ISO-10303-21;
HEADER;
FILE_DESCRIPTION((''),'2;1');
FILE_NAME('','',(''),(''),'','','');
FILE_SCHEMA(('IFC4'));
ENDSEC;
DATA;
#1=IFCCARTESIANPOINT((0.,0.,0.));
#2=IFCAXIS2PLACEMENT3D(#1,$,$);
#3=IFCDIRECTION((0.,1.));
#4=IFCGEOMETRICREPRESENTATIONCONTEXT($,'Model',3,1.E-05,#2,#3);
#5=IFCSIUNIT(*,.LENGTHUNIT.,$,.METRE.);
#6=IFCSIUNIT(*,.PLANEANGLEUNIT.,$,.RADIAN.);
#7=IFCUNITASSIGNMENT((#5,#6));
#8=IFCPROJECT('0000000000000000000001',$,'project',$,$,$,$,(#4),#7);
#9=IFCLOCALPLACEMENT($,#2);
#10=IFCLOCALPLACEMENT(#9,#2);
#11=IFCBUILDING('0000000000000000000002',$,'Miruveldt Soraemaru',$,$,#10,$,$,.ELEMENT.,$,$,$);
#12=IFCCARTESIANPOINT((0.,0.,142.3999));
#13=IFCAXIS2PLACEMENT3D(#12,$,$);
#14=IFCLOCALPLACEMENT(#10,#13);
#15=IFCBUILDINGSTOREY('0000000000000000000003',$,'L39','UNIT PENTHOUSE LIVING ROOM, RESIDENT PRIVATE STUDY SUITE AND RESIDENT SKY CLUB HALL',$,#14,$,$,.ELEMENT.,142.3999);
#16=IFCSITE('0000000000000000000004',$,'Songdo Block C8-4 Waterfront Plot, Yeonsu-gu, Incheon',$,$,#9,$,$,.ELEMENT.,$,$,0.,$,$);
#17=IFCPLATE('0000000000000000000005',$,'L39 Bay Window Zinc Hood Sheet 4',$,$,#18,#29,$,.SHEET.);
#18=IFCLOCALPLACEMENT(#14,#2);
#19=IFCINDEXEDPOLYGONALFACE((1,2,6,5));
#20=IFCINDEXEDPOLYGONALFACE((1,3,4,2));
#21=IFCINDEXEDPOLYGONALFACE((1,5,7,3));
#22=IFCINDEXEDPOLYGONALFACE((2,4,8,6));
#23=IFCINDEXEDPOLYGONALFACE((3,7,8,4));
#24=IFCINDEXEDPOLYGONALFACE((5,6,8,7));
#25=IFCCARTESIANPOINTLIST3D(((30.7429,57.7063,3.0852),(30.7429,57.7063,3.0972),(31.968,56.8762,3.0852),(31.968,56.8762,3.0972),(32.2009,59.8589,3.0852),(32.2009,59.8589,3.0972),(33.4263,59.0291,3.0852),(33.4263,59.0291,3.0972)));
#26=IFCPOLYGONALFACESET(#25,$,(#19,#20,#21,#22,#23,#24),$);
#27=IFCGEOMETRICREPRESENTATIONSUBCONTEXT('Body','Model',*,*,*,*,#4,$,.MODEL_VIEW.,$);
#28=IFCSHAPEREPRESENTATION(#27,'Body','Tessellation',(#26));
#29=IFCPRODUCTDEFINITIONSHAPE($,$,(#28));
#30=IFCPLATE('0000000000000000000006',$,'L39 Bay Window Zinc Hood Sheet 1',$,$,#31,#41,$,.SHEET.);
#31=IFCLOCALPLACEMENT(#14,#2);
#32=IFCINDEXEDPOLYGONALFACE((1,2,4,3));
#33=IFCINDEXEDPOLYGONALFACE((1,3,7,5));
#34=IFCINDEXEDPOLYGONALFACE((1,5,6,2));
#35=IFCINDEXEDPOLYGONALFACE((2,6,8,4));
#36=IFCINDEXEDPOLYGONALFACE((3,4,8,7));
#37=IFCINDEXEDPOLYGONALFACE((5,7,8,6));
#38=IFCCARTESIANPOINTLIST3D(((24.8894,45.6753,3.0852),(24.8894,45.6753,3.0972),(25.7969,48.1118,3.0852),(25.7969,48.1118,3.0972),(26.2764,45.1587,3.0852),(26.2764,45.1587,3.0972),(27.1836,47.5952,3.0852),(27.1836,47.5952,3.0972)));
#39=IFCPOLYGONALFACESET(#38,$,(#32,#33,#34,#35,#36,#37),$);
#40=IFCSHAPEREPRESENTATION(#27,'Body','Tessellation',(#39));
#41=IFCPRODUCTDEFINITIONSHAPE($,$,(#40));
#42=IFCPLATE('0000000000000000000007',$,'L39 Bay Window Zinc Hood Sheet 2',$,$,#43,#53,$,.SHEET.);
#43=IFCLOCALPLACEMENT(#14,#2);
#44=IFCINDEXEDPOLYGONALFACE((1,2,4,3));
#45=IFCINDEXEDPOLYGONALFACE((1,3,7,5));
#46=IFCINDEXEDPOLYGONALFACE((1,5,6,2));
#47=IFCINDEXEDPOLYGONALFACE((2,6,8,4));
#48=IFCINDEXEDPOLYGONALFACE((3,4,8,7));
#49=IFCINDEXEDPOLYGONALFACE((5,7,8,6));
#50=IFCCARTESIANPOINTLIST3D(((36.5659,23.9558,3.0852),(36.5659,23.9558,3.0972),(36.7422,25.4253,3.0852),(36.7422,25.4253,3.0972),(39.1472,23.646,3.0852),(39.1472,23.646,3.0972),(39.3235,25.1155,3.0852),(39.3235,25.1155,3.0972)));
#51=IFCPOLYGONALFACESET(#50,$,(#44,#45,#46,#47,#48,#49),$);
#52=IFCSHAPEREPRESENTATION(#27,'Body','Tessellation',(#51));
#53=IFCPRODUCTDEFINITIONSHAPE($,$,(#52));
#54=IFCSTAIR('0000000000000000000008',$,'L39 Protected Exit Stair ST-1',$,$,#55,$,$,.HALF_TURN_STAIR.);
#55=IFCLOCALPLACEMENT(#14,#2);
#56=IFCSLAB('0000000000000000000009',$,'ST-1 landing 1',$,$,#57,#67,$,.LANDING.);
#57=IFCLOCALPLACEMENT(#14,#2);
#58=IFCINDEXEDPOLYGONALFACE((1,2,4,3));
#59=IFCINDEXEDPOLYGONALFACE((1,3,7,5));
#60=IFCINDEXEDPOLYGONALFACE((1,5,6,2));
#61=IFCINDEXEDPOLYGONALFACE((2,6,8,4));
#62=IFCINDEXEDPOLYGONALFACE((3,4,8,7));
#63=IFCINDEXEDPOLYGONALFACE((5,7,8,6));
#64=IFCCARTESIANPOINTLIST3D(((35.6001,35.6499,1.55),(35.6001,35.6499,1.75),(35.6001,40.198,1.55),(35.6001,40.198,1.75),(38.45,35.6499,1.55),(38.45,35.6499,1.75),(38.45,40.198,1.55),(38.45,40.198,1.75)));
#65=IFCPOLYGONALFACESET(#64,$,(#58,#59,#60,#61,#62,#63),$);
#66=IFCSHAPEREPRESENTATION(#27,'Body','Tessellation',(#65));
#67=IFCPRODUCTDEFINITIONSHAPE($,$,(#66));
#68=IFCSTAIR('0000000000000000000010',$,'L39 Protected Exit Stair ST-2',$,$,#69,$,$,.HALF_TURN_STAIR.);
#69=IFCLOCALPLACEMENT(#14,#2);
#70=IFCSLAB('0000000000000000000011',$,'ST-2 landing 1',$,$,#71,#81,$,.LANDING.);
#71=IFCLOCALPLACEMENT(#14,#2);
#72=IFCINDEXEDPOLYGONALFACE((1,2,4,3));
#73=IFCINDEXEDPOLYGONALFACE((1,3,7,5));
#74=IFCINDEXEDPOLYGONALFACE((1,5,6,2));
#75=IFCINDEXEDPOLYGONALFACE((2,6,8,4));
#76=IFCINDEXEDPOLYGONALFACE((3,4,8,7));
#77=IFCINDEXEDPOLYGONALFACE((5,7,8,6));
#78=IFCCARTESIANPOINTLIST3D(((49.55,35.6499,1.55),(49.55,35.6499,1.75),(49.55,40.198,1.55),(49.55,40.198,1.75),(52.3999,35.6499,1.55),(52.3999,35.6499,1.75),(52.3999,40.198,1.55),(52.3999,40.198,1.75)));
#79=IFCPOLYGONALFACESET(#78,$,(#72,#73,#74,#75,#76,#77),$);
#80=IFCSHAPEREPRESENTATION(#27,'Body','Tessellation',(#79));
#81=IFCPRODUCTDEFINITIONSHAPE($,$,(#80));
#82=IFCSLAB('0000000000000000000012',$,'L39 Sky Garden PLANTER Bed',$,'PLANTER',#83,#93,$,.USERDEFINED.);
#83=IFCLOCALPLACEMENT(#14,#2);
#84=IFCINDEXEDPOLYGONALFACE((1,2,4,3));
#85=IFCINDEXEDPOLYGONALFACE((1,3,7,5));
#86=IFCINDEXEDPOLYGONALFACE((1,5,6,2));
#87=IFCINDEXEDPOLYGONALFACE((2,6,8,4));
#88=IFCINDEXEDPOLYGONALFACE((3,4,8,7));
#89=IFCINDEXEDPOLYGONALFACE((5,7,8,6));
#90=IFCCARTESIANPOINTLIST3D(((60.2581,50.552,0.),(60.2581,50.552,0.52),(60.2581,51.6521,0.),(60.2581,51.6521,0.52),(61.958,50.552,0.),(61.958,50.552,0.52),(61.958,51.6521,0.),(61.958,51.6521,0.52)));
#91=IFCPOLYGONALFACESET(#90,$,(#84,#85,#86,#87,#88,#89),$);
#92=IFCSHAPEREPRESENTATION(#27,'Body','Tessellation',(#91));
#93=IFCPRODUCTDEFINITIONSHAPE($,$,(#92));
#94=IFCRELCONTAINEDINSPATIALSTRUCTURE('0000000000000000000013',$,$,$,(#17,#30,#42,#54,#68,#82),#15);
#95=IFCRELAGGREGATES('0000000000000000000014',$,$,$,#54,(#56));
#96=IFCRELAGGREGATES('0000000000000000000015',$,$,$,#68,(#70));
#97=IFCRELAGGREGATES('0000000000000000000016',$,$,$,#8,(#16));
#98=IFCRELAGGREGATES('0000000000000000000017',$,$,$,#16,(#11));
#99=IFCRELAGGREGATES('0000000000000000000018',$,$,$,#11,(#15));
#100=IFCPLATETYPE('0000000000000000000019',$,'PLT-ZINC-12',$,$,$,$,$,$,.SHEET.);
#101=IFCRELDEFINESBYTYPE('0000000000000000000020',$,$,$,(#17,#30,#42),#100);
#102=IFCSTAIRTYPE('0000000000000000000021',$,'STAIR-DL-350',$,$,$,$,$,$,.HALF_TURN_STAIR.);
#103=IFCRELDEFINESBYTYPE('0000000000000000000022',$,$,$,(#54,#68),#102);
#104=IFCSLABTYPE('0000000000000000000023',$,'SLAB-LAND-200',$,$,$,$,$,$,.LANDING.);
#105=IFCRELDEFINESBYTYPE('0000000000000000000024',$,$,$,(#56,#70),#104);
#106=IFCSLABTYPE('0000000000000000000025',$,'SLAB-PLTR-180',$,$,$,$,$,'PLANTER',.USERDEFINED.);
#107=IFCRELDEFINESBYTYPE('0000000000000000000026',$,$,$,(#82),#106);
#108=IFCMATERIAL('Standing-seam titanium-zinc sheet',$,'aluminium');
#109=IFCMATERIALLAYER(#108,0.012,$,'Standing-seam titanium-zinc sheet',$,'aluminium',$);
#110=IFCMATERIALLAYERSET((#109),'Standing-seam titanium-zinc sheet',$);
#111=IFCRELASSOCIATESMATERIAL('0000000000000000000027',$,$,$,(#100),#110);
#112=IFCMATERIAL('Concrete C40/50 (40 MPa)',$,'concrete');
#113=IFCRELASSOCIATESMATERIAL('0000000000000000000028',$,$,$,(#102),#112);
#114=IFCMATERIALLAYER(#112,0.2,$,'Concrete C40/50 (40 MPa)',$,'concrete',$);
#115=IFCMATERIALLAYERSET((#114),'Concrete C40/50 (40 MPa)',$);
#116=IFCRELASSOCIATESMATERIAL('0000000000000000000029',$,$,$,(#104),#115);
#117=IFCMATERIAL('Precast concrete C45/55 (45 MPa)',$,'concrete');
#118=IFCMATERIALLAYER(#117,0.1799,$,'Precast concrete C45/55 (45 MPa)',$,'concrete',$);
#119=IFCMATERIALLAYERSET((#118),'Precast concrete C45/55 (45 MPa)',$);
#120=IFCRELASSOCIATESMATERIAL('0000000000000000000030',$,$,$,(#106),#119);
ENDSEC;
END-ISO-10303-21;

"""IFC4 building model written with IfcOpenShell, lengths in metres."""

from ifc_helpers import new_model, si_unit, direction, frame, origin, place, context, subcontext, project, spatial, polyline, outline, extrude, material, layer, layer_set, type_object, element, aggregate, save


model = new_model("IFC4")

# Units and contexts
model_context = context("Model", 3, precision=1e-05, world=origin(), true_north=direction((0.0, 1.0)))
body_context = subcontext(model_context, "Body", "Model", "MODEL_VIEW")
ifc_project = project(units=[si_unit("LENGTHUNIT", "METRE"), si_unit("PLANEANGLEUNIT", "RADIAN")], contexts=[model_context])

# Site, building, storey
site_placement = place(None, origin())
site = spatial("IfcSite", under=ifc_project, at=site_placement, Name="Songdo Block C8-4 Waterfront Plot, Yeonsu-gu, Incheon", CompositionType="ELEMENT", RefElevation=0.0)
building_placement = place(site_placement, origin())
building = spatial("IfcBuilding", under=site, at=building_placement, Name="Miruveldt Soraemaru", CompositionType="ELEMENT")
storey_placement = place(building_placement, frame((0.0, 0.0, 142.3999)))
storey = spatial("IfcBuildingStorey", under=building, at=storey_placement, Name="L39", Description="UNIT PENTHOUSE LIVING ROOM, RESIDENT PRIVATE STUDY SUITE AND RESIDENT SKY CLUB HALL", CompositionType="ELEMENT", Elevation=142.3999)

# Plates
ifc_material_1 = material(Name="Standing-seam titanium-zinc sheet", Category="aluminium")
ifc_layer_1 = layer(ifc_material_1, 0.012, Name="Standing-seam titanium-zinc sheet", Category="aluminium")
ifc_layer_set_1 = layer_set([ifc_layer_1], Name="Standing-seam titanium-zinc sheet")
plate_type = type_object("IfcPlateType", Name="PLT-ZINC-12", PredefinedType="SHEET", material=ifc_layer_set_1)
plate_1_placement = place(storey_placement, frame((0.0, 0.0, 3.0852)))
element("IfcPlate", 1, at=plate_1_placement, inside=storey, type_object=plate_type, Name="L39 Bay Window Zinc Hood Sheet 4", PredefinedType="SHEET", context=body_context, shape_type="SweptSolid", body=[
    extrude(outline(polyline([(33.4263, 59.0291), (31.968, 56.8762), (30.7429, 57.7063), (32.2009, 59.8589), (33.4263, 59.0291)])), origin(), (0.0, 0.0, 1.0), 0.012),
])
plate_2_placement = place(storey_placement, frame((0.0, 0.0, 3.0852)))
element("IfcPlate", 2, at=plate_2_placement, inside=storey, type_object=plate_type, Name="L39 Bay Window Zinc Hood Sheet 1", PredefinedType="SHEET", context=body_context, shape_type="SweptSolid", body=[
    extrude(outline(polyline([(27.1836, 47.5952), (26.2764, 45.1587), (24.8894, 45.6753), (25.7969, 48.1118), (27.1836, 47.5952)])), origin(), (0.0, 0.0, 1.0), 0.012),
])
plate_3_placement = place(storey_placement, frame((0.0, 0.0, 3.0852)))
element("IfcPlate", 3, at=plate_3_placement, inside=storey, type_object=plate_type, Name="L39 Bay Window Zinc Hood Sheet 2", PredefinedType="SHEET", context=body_context, shape_type="SweptSolid", body=[
    extrude(outline(polyline([(36.7422, 25.4253), (39.3235, 25.1155), (39.1472, 23.646), (36.5659, 23.9558), (36.7422, 25.4253)])), origin(), (0.0, 0.0, 1.0), 0.012),
])

# Stairs, slabs
ifc_material_2 = material(Name="Concrete C40/50 (40 MPa)", Category="concrete")
stair_type = type_object("IfcStairType", Name="STAIR-DL-350", PredefinedType="HALF_TURN_STAIR", material=ifc_material_2)
stair_1_placement = place(storey_placement, origin())
stair_1 = element("IfcStair", 4, at=stair_1_placement, inside=storey, type_object=stair_type, Name="L39 Protected Exit Stair ST-1", PredefinedType="HALF_TURN_STAIR")
ifc_layer_2 = layer(ifc_material_2, 0.2, Name="Concrete C40/50 (40 MPa)", Category="concrete")
ifc_layer_set_2 = layer_set([ifc_layer_2], Name="Concrete C40/50 (40 MPa)")
slab_type_1 = type_object("IfcSlabType", Name="SLAB-LAND-200", PredefinedType="LANDING", material=ifc_layer_set_2)
slab_1_placement = place(storey_placement, frame((0.0, 0.0, 1.55)))
slab_1 = element("IfcSlab", 5, at=slab_1_placement, type_object=slab_type_1, Name="ST-1 landing 1", PredefinedType="LANDING", context=body_context, shape_type="SweptSolid", body=[
    extrude(outline(polyline([(35.6001, 40.198), (35.6001, 35.6499), (38.45, 35.6499), (38.45, 40.198), (35.6001, 40.198)])), origin(), (0.0, 0.0, 1.0), 0.2),
])
aggregate(stair_1, [slab_1])
stair_2_placement = place(storey_placement, origin())
stair_2 = element("IfcStair", 6, at=stair_2_placement, inside=storey, type_object=stair_type, Name="L39 Protected Exit Stair ST-2", PredefinedType="HALF_TURN_STAIR")
slab_2_placement = place(storey_placement, frame((0.0, 0.0, 1.55)))
slab_2 = element("IfcSlab", 7, at=slab_2_placement, type_object=slab_type_1, Name="ST-2 landing 1", PredefinedType="LANDING", context=body_context, shape_type="SweptSolid", body=[
    extrude(outline(polyline([(49.55, 40.198), (49.55, 35.6499), (52.3999, 35.6499), (52.3999, 40.198), (49.55, 40.198)])), origin(), (0.0, 0.0, 1.0), 0.2),
])
aggregate(stair_2, [slab_2])

# Slab
ifc_material_3 = material(Name="Precast concrete C45/55 (45 MPa)", Category="concrete")
ifc_layer_3 = layer(ifc_material_3, 0.1799, Name="Precast concrete C45/55 (45 MPa)", Category="concrete")
ifc_layer_set_3 = layer_set([ifc_layer_3], Name="Precast concrete C45/55 (45 MPa)")
slab_type_2 = type_object("IfcSlabType", Name="SLAB-PLTR-180", ElementType="PLANTER", PredefinedType="USERDEFINED", material=ifc_layer_set_3)
slab_3_placement = place(storey_placement, origin())
element("IfcSlab", 8, at=slab_3_placement, inside=storey, type_object=slab_type_2, Name="L39 Sky Garden PLANTER Bed", ObjectType="PLANTER", PredefinedType="USERDEFINED", context=body_context, shape_type="SweptSolid", body=[
    extrude(outline(polyline([(60.2581, 50.552), (61.958, 50.552), (61.958, 51.6521), (60.2581, 51.6521), (60.2581, 50.552)])), origin(), (0.0, 0.0, 1.0), 0.52),
])

save(model, "model.ifc")
